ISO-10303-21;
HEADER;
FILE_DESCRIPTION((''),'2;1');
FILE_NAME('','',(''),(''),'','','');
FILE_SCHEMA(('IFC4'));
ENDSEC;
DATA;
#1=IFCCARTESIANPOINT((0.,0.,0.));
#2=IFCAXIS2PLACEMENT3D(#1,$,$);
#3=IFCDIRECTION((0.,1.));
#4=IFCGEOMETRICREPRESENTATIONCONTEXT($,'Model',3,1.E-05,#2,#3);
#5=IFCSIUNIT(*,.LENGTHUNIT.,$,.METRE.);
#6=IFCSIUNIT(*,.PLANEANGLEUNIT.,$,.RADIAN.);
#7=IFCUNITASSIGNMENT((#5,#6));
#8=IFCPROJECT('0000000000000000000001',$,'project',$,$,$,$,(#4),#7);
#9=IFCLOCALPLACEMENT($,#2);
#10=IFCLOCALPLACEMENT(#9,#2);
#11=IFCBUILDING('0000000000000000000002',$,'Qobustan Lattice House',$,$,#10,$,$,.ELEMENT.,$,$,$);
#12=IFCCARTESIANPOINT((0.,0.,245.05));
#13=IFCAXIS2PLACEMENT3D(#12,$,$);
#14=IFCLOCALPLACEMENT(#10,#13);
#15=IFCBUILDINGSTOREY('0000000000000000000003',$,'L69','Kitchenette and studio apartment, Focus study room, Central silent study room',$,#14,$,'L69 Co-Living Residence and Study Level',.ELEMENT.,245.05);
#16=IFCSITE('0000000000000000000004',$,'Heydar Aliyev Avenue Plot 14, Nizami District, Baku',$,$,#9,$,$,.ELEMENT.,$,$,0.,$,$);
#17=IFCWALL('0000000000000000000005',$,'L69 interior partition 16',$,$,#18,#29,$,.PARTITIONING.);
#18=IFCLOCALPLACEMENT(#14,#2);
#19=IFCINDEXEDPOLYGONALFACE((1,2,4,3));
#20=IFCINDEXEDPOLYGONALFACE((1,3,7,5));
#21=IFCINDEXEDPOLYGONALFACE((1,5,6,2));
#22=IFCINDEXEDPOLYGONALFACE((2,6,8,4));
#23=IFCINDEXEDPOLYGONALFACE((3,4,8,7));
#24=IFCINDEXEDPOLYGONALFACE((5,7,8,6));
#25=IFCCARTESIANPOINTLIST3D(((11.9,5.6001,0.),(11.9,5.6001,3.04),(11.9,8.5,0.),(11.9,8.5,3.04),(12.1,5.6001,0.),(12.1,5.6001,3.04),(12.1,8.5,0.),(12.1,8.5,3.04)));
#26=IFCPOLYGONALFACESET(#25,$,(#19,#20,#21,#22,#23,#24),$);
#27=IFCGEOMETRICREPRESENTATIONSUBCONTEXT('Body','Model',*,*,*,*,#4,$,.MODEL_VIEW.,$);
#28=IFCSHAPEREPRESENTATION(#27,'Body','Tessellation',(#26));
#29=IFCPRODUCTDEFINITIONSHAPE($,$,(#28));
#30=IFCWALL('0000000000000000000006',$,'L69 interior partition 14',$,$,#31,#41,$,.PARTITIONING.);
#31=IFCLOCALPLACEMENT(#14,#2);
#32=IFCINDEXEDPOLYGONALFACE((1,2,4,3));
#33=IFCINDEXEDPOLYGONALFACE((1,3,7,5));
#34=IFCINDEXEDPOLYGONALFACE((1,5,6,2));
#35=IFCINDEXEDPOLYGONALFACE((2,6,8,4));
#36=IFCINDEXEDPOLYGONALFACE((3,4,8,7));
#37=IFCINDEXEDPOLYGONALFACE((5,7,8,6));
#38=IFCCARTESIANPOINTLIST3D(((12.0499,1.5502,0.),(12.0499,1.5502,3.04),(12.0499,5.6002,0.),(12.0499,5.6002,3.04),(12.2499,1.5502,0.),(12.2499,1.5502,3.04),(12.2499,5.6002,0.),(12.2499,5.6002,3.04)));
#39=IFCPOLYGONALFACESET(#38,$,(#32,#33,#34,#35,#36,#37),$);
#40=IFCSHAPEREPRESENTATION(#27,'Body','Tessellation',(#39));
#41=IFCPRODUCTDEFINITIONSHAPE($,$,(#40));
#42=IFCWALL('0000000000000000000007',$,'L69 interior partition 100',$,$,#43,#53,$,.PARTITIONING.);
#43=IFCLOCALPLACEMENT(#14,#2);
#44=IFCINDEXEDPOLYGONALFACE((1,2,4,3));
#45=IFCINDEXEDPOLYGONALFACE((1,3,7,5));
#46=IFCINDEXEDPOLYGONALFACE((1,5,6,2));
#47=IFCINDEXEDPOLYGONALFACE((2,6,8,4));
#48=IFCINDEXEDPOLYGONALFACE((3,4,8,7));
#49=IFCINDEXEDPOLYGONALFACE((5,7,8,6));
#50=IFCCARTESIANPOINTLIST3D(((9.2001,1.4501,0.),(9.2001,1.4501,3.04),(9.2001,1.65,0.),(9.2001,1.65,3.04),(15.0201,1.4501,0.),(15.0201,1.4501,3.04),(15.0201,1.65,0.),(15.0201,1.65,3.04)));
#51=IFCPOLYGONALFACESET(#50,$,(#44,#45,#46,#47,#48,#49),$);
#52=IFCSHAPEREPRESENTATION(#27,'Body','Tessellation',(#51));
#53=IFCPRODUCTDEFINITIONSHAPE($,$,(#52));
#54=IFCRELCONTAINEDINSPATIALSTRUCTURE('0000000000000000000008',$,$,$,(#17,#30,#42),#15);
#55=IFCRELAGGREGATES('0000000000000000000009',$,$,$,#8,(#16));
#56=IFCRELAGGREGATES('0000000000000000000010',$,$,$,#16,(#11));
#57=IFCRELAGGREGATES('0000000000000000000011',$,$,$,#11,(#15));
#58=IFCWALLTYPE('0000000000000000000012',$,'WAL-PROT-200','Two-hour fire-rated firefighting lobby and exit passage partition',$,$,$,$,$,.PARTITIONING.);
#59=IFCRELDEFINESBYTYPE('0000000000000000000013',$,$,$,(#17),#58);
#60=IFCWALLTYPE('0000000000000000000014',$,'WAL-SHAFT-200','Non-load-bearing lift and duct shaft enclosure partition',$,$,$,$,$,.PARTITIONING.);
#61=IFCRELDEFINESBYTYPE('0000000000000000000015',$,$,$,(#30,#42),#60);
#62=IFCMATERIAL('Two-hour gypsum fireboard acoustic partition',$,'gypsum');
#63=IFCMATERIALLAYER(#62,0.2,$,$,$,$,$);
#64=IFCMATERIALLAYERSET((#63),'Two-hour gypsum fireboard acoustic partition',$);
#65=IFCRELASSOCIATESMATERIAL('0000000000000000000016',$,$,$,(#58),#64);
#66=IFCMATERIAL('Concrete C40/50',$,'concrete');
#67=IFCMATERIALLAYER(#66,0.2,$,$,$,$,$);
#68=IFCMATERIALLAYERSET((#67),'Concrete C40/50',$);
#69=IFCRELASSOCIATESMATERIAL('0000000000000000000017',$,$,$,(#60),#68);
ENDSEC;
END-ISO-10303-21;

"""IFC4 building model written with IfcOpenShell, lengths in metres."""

from ifc_helpers import new_model, si_unit, direction, frame, frame_2d, origin, place, context, subcontext, project, spatial, rectangle, extrude, material, layer, layer_set, type_object, element, save


model = new_model("IFC4")

# Units and contexts
model_context = context("Model", 3, precision=1e-05, world=origin(), true_north=direction((0.0, 1.0)))
body_context = subcontext(model_context, "Body", "Model", "MODEL_VIEW")
ifc_project = project(units=[si_unit("LENGTHUNIT", "METRE"), si_unit("PLANEANGLEUNIT", "RADIAN")], contexts=[model_context])

# Site, building, storey
site_placement = place(None, origin())
site = spatial("IfcSite", under=ifc_project, at=site_placement, Name="Heydar Aliyev Avenue Plot 14, Nizami District, Baku", CompositionType="ELEMENT", RefElevation=0.0)
building_placement = place(site_placement, origin())
building = spatial("IfcBuilding", under=site, at=building_placement, Name="Qobustan Lattice House", CompositionType="ELEMENT")
storey_placement = place(building_placement, frame((0.0, 0.0, 245.05)))
storey = spatial("IfcBuildingStorey", under=building, at=storey_placement, Name="L69", Description="Kitchenette and studio apartment, Focus study room, Central silent study room", LongName="L69 Co-Living Residence and Study Level", CompositionType="ELEMENT", Elevation=245.05)

# Walls
ifc_material_1 = material(Name="Two-hour gypsum fireboard acoustic partition", Category="gypsum")
ifc_layer_1 = layer(ifc_material_1, 0.2)
ifc_layer_set_1 = layer_set([ifc_layer_1], Name="Two-hour gypsum fireboard acoustic partition")
wall_type_1 = type_object("IfcWallType", Name="WAL-PROT-200", Description="Two-hour fire-rated firefighting lobby and exit passage partition", PredefinedType="PARTITIONING", material=ifc_layer_set_1)
wall_1_placement = place(storey_placement, frame((12.0, 8.5, 0.0), z_axis=(0.0, 0.0, 1.0), x_axis=(0.0, -1.0, 0.0)))
element("IfcWall", 1, at=wall_1_placement, inside=storey, type_object=wall_type_1, Name="L69 interior partition 16", PredefinedType="PARTITIONING", context=body_context, shape_type="SweptSolid", body=[
    extrude(rectangle(XDim=2.8999, YDim=0.2, at=frame_2d((1.45, 0.0))), origin(), (0.0, 0.0, 1.0), 3.04),
])
ifc_material_2 = material(Name="Concrete C40/50", Category="concrete")
ifc_layer_2 = layer(ifc_material_2, 0.2)
ifc_layer_set_2 = layer_set([ifc_layer_2], Name="Concrete C40/50")
wall_type_2 = type_object("IfcWallType", Name="WAL-SHAFT-200", Description="Non-load-bearing lift and duct shaft enclosure partition", PredefinedType="PARTITIONING", material=ifc_layer_set_2)
wall_2_placement = place(storey_placement, frame((12.1499, 5.6001, 0.0), z_axis=(0.0, 0.0, 1.0), x_axis=(0.0, -1.0, 0.0)))
element("IfcWall", 2, at=wall_2_placement, inside=storey, type_object=wall_type_2, Name="L69 interior partition 14", PredefinedType="PARTITIONING", context=body_context, shape_type="SweptSolid", body=[
    extrude(rectangle(XDim=4.05, YDim=0.2, at=frame_2d((2.0249, 0.0))), origin(), (0.0, 0.0, 1.0), 3.04),
])
wall_3_placement = place(storey_placement, frame((9.2, 1.55, 0.0), z_axis=(0.0, 0.0, 1.0), x_axis=(1.0, 0.0, 0.0)))
element("IfcWall", 3, at=wall_3_placement, inside=storey, type_object=wall_type_2, Name="L69 interior partition 100", PredefinedType="PARTITIONING", context=body_context, shape_type="SweptSolid", body=[
    extrude(rectangle(XDim=5.8201, YDim=0.2, at=frame_2d((2.9102, 0.0))), origin(), (0.0, 0.0, 1.0), 3.04),
])

save(model, "model.ifc")
